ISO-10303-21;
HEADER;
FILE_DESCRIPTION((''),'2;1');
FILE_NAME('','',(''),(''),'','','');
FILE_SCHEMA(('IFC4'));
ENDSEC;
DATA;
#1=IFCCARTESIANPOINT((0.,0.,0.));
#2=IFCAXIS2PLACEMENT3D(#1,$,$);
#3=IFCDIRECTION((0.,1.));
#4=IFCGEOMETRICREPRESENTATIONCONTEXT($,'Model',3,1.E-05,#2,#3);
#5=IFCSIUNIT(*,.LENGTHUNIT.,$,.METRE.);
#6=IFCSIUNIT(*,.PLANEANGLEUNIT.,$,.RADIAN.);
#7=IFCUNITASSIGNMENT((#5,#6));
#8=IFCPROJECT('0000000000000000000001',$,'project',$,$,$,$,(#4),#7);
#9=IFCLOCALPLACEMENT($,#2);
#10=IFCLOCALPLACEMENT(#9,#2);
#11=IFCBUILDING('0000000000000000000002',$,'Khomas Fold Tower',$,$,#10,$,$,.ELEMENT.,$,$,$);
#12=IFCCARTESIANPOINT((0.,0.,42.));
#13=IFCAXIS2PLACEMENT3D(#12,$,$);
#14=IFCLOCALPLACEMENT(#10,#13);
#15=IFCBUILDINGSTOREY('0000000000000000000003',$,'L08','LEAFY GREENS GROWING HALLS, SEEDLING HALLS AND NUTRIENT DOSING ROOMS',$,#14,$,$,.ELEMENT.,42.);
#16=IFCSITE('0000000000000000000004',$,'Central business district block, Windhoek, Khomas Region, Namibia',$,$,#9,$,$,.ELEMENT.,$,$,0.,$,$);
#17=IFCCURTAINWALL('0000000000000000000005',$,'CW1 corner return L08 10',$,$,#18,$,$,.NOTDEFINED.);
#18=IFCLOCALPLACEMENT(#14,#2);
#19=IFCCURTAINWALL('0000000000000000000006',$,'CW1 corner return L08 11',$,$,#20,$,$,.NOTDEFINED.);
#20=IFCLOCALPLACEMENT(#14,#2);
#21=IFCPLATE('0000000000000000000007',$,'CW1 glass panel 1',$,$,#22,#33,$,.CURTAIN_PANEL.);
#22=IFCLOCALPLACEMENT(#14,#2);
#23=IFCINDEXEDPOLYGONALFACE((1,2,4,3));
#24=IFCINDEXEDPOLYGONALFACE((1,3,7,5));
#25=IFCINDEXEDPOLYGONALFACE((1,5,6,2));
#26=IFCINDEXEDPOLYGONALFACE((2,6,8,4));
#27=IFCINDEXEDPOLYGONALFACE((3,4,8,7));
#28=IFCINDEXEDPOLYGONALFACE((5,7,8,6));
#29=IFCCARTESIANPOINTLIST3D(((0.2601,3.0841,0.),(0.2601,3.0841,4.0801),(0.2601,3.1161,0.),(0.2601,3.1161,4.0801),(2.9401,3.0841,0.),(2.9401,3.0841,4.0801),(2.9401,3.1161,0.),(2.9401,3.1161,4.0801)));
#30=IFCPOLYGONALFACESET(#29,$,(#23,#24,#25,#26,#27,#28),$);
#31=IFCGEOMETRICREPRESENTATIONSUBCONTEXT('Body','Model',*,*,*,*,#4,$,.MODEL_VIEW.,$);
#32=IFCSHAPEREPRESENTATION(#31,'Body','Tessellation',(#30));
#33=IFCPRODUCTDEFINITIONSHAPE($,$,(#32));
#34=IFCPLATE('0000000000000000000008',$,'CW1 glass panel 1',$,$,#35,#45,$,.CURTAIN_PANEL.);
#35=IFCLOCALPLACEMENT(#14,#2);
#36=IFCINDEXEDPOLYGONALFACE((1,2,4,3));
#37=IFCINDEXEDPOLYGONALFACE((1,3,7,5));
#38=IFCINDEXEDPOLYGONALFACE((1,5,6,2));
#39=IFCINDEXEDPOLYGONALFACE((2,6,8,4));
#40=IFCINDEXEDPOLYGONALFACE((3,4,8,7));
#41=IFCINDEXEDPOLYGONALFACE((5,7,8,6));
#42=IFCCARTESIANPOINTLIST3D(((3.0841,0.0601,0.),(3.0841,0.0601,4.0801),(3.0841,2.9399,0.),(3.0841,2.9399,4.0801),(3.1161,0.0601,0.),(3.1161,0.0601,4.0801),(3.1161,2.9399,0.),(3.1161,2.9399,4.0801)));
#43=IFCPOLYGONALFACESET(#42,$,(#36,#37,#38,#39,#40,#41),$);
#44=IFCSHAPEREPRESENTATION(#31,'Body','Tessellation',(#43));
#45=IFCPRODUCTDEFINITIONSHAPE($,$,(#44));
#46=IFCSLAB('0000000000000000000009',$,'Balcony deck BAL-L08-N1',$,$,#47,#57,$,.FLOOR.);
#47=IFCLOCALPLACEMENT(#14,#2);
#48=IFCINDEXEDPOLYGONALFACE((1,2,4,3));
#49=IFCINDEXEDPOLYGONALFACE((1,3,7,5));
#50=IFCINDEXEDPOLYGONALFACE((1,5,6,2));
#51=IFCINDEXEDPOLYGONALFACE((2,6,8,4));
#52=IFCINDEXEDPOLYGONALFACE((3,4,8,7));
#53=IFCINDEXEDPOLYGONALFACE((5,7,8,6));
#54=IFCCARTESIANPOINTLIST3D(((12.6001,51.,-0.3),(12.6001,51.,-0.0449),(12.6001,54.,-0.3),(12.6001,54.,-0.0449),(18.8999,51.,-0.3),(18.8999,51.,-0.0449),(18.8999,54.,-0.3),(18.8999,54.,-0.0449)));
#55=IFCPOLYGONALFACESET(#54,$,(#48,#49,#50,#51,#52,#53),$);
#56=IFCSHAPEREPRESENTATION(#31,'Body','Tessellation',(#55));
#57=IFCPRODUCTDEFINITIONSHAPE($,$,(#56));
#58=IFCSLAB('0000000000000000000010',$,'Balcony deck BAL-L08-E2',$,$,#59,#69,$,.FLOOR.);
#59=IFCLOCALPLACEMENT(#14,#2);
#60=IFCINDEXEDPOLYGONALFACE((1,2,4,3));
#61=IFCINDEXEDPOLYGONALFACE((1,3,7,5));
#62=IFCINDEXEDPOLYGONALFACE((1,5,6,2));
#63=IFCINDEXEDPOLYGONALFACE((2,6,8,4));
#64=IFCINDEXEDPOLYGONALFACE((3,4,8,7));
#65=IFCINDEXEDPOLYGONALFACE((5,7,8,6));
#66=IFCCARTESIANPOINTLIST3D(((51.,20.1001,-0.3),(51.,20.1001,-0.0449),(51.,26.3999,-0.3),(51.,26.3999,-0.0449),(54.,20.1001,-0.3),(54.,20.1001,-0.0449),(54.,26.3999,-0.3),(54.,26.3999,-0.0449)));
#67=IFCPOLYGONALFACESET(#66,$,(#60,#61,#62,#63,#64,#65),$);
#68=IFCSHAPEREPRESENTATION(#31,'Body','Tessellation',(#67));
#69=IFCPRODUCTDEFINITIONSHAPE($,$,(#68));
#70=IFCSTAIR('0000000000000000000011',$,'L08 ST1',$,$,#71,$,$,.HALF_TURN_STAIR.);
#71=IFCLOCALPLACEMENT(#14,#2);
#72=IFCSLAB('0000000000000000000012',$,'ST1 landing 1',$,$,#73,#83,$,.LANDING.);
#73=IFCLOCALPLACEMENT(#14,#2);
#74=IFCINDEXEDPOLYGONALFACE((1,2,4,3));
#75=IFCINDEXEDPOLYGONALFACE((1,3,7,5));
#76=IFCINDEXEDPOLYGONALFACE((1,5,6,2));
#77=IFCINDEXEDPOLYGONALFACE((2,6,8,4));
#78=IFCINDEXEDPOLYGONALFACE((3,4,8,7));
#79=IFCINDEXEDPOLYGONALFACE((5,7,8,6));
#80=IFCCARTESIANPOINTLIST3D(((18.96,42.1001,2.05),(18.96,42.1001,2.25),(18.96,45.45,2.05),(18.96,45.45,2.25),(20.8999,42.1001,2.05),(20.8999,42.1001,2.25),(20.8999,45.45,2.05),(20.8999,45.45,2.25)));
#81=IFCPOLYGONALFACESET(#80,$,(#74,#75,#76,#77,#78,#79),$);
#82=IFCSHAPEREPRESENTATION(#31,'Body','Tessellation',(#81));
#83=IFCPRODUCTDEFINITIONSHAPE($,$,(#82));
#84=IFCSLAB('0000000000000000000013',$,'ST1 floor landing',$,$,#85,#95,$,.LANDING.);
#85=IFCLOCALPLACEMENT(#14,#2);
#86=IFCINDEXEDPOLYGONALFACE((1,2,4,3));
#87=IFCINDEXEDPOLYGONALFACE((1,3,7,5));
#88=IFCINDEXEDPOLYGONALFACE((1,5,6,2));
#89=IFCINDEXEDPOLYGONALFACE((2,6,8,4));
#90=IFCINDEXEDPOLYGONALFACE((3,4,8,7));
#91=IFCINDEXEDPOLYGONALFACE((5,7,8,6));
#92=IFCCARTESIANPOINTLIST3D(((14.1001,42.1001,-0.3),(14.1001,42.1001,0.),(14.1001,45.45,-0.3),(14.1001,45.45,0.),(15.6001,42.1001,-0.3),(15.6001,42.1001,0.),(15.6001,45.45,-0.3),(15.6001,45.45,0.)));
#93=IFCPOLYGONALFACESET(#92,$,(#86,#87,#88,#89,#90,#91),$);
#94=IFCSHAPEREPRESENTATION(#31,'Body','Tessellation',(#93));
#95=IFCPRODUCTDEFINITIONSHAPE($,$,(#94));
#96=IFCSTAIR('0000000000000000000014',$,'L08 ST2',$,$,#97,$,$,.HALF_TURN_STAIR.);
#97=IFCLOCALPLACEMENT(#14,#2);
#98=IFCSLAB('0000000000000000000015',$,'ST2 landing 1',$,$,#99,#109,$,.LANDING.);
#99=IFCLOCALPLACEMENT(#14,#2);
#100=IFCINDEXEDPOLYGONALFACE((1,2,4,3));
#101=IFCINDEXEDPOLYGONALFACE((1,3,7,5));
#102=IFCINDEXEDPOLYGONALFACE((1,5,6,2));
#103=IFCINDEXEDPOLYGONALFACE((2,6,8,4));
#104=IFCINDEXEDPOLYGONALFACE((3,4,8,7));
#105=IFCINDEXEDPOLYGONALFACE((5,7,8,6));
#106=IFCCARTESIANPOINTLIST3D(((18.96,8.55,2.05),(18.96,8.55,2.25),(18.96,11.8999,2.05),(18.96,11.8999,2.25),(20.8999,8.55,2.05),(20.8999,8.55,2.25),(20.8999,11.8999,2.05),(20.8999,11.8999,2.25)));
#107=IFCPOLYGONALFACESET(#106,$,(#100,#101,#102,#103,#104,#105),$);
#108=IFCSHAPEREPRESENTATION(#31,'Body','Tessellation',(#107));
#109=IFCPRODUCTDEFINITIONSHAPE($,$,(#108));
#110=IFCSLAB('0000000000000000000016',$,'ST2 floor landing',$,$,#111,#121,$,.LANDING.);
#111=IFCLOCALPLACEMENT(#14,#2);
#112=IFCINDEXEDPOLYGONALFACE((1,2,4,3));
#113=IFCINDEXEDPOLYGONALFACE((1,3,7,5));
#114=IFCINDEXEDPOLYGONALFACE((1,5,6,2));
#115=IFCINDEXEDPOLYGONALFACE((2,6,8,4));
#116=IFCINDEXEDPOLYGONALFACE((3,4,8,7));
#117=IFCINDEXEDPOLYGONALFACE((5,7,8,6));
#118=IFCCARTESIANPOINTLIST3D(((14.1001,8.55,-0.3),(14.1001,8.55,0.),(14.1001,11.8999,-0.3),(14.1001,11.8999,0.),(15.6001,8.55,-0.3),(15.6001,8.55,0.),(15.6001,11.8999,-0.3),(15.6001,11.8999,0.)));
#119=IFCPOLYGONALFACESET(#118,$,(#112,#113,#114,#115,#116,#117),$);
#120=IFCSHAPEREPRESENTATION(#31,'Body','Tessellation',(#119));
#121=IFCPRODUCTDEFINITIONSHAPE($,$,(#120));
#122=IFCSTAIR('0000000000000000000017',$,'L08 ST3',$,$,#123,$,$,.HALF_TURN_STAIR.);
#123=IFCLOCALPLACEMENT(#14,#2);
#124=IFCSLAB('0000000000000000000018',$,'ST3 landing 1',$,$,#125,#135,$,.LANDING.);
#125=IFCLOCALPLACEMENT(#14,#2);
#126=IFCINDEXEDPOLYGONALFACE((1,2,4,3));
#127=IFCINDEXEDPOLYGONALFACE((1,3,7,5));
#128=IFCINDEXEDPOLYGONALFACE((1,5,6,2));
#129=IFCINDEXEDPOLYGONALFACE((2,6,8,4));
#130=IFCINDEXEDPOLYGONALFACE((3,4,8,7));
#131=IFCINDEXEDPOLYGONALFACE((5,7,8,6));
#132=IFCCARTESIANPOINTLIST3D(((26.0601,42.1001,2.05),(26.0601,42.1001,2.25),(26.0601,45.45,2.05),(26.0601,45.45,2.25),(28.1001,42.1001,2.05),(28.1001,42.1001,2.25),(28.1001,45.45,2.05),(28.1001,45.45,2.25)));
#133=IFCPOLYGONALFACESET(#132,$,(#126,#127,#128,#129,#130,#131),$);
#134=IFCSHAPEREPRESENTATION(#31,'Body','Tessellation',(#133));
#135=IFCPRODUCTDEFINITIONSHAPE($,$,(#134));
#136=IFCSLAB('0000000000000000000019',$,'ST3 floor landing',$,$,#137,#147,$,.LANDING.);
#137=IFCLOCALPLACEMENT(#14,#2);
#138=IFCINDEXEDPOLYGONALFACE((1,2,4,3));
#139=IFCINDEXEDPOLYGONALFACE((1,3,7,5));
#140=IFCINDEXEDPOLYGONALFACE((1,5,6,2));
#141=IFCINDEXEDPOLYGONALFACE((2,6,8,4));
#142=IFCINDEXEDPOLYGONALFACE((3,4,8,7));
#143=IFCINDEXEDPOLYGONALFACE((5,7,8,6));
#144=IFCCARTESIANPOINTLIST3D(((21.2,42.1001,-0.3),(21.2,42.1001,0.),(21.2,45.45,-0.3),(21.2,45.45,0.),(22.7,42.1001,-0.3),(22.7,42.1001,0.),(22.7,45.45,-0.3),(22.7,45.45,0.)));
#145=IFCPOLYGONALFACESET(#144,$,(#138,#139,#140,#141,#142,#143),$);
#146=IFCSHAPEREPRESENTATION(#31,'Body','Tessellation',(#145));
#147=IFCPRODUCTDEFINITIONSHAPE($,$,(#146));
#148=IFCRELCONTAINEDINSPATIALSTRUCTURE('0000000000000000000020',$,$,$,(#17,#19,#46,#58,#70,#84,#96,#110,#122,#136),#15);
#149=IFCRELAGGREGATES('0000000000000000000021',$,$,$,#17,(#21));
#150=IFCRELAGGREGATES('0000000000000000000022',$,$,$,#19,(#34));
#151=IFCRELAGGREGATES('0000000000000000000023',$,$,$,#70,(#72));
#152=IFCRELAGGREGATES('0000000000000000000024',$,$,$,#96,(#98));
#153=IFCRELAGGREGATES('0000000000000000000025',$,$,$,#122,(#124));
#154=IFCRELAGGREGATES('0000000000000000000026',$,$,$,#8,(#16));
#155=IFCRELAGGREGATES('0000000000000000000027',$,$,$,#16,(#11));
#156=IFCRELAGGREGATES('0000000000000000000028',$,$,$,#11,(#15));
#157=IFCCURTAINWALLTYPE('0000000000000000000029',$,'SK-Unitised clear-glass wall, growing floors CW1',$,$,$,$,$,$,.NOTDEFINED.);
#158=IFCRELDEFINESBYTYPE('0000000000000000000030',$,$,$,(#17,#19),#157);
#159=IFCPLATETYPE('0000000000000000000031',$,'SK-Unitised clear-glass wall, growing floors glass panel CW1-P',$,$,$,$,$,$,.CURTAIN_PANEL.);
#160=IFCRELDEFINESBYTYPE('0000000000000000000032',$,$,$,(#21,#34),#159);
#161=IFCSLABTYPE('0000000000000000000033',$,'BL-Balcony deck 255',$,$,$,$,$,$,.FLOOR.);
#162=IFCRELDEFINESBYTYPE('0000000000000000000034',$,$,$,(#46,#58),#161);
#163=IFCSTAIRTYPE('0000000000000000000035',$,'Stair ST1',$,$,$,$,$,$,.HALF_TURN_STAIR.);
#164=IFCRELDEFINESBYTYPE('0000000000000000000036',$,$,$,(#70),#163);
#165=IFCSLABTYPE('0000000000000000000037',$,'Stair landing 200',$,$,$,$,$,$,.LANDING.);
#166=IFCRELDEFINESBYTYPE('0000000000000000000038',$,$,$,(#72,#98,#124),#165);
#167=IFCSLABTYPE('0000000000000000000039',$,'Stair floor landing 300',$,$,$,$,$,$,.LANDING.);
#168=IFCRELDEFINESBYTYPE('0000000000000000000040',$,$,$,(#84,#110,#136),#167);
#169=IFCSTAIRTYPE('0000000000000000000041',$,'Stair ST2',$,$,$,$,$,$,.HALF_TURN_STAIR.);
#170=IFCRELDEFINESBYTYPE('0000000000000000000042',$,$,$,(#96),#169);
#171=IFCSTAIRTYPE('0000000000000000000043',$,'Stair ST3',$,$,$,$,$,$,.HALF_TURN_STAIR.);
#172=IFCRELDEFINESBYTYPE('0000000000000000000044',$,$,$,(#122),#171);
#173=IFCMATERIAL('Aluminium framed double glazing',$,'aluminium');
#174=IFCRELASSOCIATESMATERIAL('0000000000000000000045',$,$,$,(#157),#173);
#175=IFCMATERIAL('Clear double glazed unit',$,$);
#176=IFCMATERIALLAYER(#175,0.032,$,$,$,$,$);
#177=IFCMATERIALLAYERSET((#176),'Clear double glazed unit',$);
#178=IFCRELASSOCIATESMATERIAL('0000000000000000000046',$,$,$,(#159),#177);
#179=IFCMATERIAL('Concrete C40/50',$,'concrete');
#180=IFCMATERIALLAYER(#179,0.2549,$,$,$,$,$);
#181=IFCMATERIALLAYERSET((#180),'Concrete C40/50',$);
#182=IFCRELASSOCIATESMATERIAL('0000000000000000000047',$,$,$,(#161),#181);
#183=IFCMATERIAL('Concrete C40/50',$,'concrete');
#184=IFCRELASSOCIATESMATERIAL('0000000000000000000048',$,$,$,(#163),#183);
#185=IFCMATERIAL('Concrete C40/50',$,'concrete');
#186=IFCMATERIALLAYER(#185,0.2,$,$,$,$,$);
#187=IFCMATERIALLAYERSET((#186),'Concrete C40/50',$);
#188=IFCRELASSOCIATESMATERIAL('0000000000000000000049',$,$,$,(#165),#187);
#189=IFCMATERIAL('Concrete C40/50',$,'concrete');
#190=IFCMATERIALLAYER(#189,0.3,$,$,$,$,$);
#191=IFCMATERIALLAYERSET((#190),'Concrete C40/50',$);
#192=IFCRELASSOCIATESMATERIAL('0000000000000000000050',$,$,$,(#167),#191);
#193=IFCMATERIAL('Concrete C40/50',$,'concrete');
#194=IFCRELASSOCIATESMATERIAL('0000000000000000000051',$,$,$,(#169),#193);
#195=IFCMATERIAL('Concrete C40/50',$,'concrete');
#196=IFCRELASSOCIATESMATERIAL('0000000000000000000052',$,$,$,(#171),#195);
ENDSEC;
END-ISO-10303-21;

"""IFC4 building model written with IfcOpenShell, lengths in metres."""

from ifc_helpers import new_model, si_unit, direction, frame, origin, origin_2d, place, context, subcontext, project, spatial, polyline, rectangle, outline, extrude, source, transform, mapped, material, layer, layer_set, type_object, element, aggregate, save


model = new_model("IFC4")

# Units and contexts
model_context = context("Model", 3, precision=1e-05, world=origin(), true_north=direction((0.0, 1.0)))
body_context = subcontext(model_context, "Body", "Model", "MODEL_VIEW")
ifc_project = project(units=[si_unit("LENGTHUNIT", "METRE"), si_unit("PLANEANGLEUNIT", "RADIAN")], contexts=[model_context])

# Site, building, storey
site_placement = place(None, origin())
site = spatial("IfcSite", under=ifc_project, at=site_placement, Name="Central business district block, Windhoek, Khomas Region, Namibia", CompositionType="ELEMENT", RefElevation=0.0)
building_placement = place(site_placement, origin())
building = spatial("IfcBuilding", under=site, at=building_placement, Name="Khomas Fold Tower", CompositionType="ELEMENT")
storey_placement = place(building_placement, frame((0.0, 0.0, 42.0)))
storey = spatial("IfcBuildingStorey", under=building, at=storey_placement, Name="L08", Description="LEAFY GREENS GROWING HALLS, SEEDLING HALLS AND NUTRIENT DOSING ROOMS", CompositionType="ELEMENT", Elevation=42.0)

# Curtain walls
ifc_material_1 = material(Name="Aluminium framed double glazing", Category="aluminium")
curtain_wall_type = type_object("IfcCurtainWallType", Name="SK-Unitised clear-glass wall, growing floors CW1", PredefinedType="NOTDEFINED", material=ifc_material_1)
curtain_wall_1_placement = place(storey_placement, origin())
curtain_wall_1 = element("IfcCurtainWall", 1, at=curtain_wall_1_placement, inside=storey, type_object=curtain_wall_type, Name="CW1 corner return L08 10", PredefinedType="NOTDEFINED")
curtain_wall_2_placement = place(storey_placement, origin())
curtain_wall_2 = element("IfcCurtainWall", 2, at=curtain_wall_2_placement, inside=storey, type_object=curtain_wall_type, Name="CW1 corner return L08 11", PredefinedType="NOTDEFINED")

# Plates
ifc_material_2 = material(Name="Clear double glazed unit")
ifc_layer_1 = layer(ifc_material_2, 0.032)
ifc_layer_set_1 = layer_set([ifc_layer_1], Name="Clear double glazed unit")
plate_type = type_object("IfcPlateType", Name="SK-Unitised clear-glass wall, growing floors glass panel CW1-P", PredefinedType="CURTAIN_PANEL", material=ifc_layer_set_1)
shared_shape_1 = source(origin(), body_context, "Body", "SweptSolid", [
    extrude(rectangle(XDim=2.6799, YDim=0.032, at=origin_2d()), origin(), (0.0, 0.0, 1.0), 4.0801),
])
plate_1_placement = place(storey_placement, frame((1.6001, 3.1001, 0.0), z_axis=(0.0, 0.0, 1.0), x_axis=(1.0, 0.0, 0.0)))
plate_1 = element("IfcPlate", 3, at=plate_1_placement, type_object=plate_type, Name="CW1 glass panel 1", PredefinedType="CURTAIN_PANEL", context=body_context, shape_type="MappedRepresentation", body=[
    mapped(shared_shape_1, transform((0.0, 0.0, 0.0))),
])
aggregate(curtain_wall_1, [plate_1])
shared_shape_2 = source(origin(), body_context, "Body", "SweptSolid", [
    extrude(rectangle(XDim=2.8799, YDim=0.032, at=origin_2d()), origin(), (0.0, 0.0, 1.0), 4.0801),
])
plate_2_placement = place(storey_placement, frame((3.1001, 1.5, 0.0), z_axis=(0.0, 0.0, 1.0), x_axis=(0.0, -1.0, 0.0)))
plate_2 = element("IfcPlate", 4, at=plate_2_placement, type_object=plate_type, Name="CW1 glass panel 1", PredefinedType="CURTAIN_PANEL", context=body_context, shape_type="MappedRepresentation", body=[
    mapped(shared_shape_2, transform((0.0, 0.0, 0.0))),
])
aggregate(curtain_wall_2, [plate_2])

# Slabs
ifc_material_3 = material(Name="Concrete C40/50", Category="concrete")
ifc_layer_2 = layer(ifc_material_3, 0.2549)
ifc_layer_set_2 = layer_set([ifc_layer_2], Name="Concrete C40/50")
slab_type_1 = type_object("IfcSlabType", Name="BL-Balcony deck 255", PredefinedType="FLOOR", material=ifc_layer_set_2)
shared_shape_3 = source(origin(), body_context, "Body", "SweptSolid", [
    extrude(outline(polyline([(12.6001, 51.0), (18.8999, 51.0), (18.8999, 54.0), (12.6001, 54.0), (12.6001, 51.0)])), origin(), (0.0, 0.0, 1.0), 0.2551),
])
slab_1_placement = place(storey_placement, frame((0.0, 0.0, -0.3)))
element("IfcSlab", 5, at=slab_1_placement, inside=storey, type_object=slab_type_1, Name="Balcony deck BAL-L08-N1", PredefinedType="FLOOR", context=body_context, shape_type="MappedRepresentation", body=[
    mapped(shared_shape_3, transform((0.0, 0.0, 0.0))),
])
shared_shape_4 = source(origin(), body_context, "Body", "SweptSolid", [
    extrude(outline(polyline([(51.0, 20.1001), (54.0, 20.1001), (54.0, 26.3999), (51.0, 26.3999), (51.0, 20.1001)])), origin(), (0.0, 0.0, 1.0), 0.2551),
])
slab_2_placement = place(storey_placement, frame((0.0, 0.0, -0.3)))
element("IfcSlab", 6, at=slab_2_placement, inside=storey, type_object=slab_type_1, Name="Balcony deck BAL-L08-E2", PredefinedType="FLOOR", context=body_context, shape_type="MappedRepresentation", body=[
    mapped(shared_shape_4, transform((0.0, 0.0, 0.0))),
])

# Stair, slab
ifc_material_4 = material(Name="Concrete C40/50", Category="concrete")
stair_type_1 = type_object("IfcStairType", Name="Stair ST1", PredefinedType="HALF_TURN_STAIR", material=ifc_material_4)
stair_1_placement = place(storey_placement, origin())
stair_1 = element("IfcStair", 7, at=stair_1_placement, inside=storey, type_object=stair_type_1, Name="L08 ST1", PredefinedType="HALF_TURN_STAIR")
ifc_material_5 = material(Name="Concrete C40/50", Category="concrete")
ifc_layer_3 = layer(ifc_material_5, 0.2)
ifc_layer_set_3 = layer_set([ifc_layer_3], Name="Concrete C40/50")
slab_type_2 = type_object("IfcSlabType", Name="Stair landing 200", PredefinedType="LANDING", material=ifc_layer_set_3)
shared_shape_5 = source(origin(), body_context, "Body", "SweptSolid", [
    extrude(outline(polyline([(18.96, 42.1001), (20.8999, 42.1001), (20.8999, 45.45), (18.96, 45.45), (18.96, 42.1001)])), origin(), (0.0, 0.0, 1.0), 0.2),
])
slab_3_placement = place(storey_placement, frame((0.0, 0.0, 2.05)))
slab_3 = element("IfcSlab", 8, at=slab_3_placement, type_object=slab_type_2, Name="ST1 landing 1", PredefinedType="LANDING", context=body_context, shape_type="MappedRepresentation", body=[
    mapped(shared_shape_5, transform((0.0, 0.0, 0.0))),
])
aggregate(stair_1, [slab_3])

# Slab
ifc_material_6 = material(Name="Concrete C40/50", Category="concrete")
ifc_layer_4 = layer(ifc_material_6, 0.3)
ifc_layer_set_4 = layer_set([ifc_layer_4], Name="Concrete C40/50")
slab_type_3 = type_object("IfcSlabType", Name="Stair floor landing 300", PredefinedType="LANDING", material=ifc_layer_set_4)
shared_shape_6 = source(origin(), body_context, "Body", "SweptSolid", [
    extrude(outline(polyline([(15.6001, 42.1001), (14.1001, 42.1001), (14.1001, 45.45), (15.6001, 45.45), (15.6001, 42.1001)])), origin(), (0.0, 0.0, 1.0), 0.3),
])
slab_4_placement = place(storey_placement, frame((0.0, 0.0, -0.3)))
element("IfcSlab", 9, at=slab_4_placement, inside=storey, type_object=slab_type_3, Name="ST1 floor landing", PredefinedType="LANDING", context=body_context, shape_type="MappedRepresentation", body=[
    mapped(shared_shape_6, transform((0.0, 0.0, 0.0))),
])

# Stair, slab
ifc_material_7 = material(Name="Concrete C40/50", Category="concrete")
stair_type_2 = type_object("IfcStairType", Name="Stair ST2", PredefinedType="HALF_TURN_STAIR", material=ifc_material_7)
stair_2_placement = place(storey_placement, origin())
stair_2 = element("IfcStair", 10, at=stair_2_placement, inside=storey, type_object=stair_type_2, Name="L08 ST2", PredefinedType="HALF_TURN_STAIR")
shared_shape_7 = source(origin(), body_context, "Body", "SweptSolid", [
    extrude(outline(polyline([(18.96, 8.55), (20.8999, 8.55), (20.8999, 11.8999), (18.96, 11.8999), (18.96, 8.55)])), origin(), (0.0, 0.0, 1.0), 0.2),
])
slab_5_placement = place(storey_placement, frame((0.0, 0.0, 2.05)))
slab_5 = element("IfcSlab", 11, at=slab_5_placement, type_object=slab_type_2, Name="ST2 landing 1", PredefinedType="LANDING", context=body_context, shape_type="MappedRepresentation", body=[
    mapped(shared_shape_7, transform((0.0, 0.0, 0.0))),
])
aggregate(stair_2, [slab_5])

# Slab
shared_shape_8 = source(origin(), body_context, "Body", "SweptSolid", [
    extrude(outline(polyline([(15.6001, 8.55), (14.1001, 8.55), (14.1001, 11.8999), (15.6001, 11.8999), (15.6001, 8.55)])), origin(), (0.0, 0.0, 1.0), 0.3),
])
slab_6_placement = place(storey_placement, frame((0.0, 0.0, -0.3)))
element("IfcSlab", 12, at=slab_6_placement, inside=storey, type_object=slab_type_3, Name="ST2 floor landing", PredefinedType="LANDING", context=body_context, shape_type="MappedRepresentation", body=[
    mapped(shared_shape_8, transform((0.0, 0.0, 0.0))),
])

# Stair, slab
ifc_material_8 = material(Name="Concrete C40/50", Category="concrete")
stair_type_3 = type_object("IfcStairType", Name="Stair ST3", PredefinedType="HALF_TURN_STAIR", material=ifc_material_8)
stair_3_placement = place(storey_placement, origin())
stair_3 = element("IfcStair", 13, at=stair_3_placement, inside=storey, type_object=stair_type_3, Name="L08 ST3", PredefinedType="HALF_TURN_STAIR")
shared_shape_9 = source(origin(), body_context, "Body", "SweptSolid", [
    extrude(outline(polyline([(26.0601, 42.1001), (28.1001, 42.1001), (28.1001, 45.45), (26.0601, 45.45), (26.0601, 42.1001)])), origin(), (0.0, 0.0, 1.0), 0.2),
])
slab_7_placement = place(storey_placement, frame((0.0, 0.0, 2.05)))
slab_7 = element("IfcSlab", 14, at=slab_7_placement, type_object=slab_type_2, Name="ST3 landing 1", PredefinedType="LANDING", context=body_context, shape_type="MappedRepresentation", body=[
    mapped(shared_shape_9, transform((0.0, 0.0, 0.0))),
])
aggregate(stair_3, [slab_7])

# Slab
shared_shape_10 = source(origin(), body_context, "Body", "SweptSolid", [
    extrude(outline(polyline([(22.7, 42.1001), (21.2, 42.1001), (21.2, 45.45), (22.7, 45.45), (22.7, 42.1001)])), origin(), (0.0, 0.0, 1.0), 0.3),
])
slab_8_placement = place(storey_placement, frame((0.0, 0.0, -0.3)))
element("IfcSlab", 15, at=slab_8_placement, inside=storey, type_object=slab_type_3, Name="ST3 floor landing", PredefinedType="LANDING", context=body_context, shape_type="MappedRepresentation", body=[
    mapped(shared_shape_10, transform((0.0, 0.0, 0.0))),
])

save(model, "model.ifc")
